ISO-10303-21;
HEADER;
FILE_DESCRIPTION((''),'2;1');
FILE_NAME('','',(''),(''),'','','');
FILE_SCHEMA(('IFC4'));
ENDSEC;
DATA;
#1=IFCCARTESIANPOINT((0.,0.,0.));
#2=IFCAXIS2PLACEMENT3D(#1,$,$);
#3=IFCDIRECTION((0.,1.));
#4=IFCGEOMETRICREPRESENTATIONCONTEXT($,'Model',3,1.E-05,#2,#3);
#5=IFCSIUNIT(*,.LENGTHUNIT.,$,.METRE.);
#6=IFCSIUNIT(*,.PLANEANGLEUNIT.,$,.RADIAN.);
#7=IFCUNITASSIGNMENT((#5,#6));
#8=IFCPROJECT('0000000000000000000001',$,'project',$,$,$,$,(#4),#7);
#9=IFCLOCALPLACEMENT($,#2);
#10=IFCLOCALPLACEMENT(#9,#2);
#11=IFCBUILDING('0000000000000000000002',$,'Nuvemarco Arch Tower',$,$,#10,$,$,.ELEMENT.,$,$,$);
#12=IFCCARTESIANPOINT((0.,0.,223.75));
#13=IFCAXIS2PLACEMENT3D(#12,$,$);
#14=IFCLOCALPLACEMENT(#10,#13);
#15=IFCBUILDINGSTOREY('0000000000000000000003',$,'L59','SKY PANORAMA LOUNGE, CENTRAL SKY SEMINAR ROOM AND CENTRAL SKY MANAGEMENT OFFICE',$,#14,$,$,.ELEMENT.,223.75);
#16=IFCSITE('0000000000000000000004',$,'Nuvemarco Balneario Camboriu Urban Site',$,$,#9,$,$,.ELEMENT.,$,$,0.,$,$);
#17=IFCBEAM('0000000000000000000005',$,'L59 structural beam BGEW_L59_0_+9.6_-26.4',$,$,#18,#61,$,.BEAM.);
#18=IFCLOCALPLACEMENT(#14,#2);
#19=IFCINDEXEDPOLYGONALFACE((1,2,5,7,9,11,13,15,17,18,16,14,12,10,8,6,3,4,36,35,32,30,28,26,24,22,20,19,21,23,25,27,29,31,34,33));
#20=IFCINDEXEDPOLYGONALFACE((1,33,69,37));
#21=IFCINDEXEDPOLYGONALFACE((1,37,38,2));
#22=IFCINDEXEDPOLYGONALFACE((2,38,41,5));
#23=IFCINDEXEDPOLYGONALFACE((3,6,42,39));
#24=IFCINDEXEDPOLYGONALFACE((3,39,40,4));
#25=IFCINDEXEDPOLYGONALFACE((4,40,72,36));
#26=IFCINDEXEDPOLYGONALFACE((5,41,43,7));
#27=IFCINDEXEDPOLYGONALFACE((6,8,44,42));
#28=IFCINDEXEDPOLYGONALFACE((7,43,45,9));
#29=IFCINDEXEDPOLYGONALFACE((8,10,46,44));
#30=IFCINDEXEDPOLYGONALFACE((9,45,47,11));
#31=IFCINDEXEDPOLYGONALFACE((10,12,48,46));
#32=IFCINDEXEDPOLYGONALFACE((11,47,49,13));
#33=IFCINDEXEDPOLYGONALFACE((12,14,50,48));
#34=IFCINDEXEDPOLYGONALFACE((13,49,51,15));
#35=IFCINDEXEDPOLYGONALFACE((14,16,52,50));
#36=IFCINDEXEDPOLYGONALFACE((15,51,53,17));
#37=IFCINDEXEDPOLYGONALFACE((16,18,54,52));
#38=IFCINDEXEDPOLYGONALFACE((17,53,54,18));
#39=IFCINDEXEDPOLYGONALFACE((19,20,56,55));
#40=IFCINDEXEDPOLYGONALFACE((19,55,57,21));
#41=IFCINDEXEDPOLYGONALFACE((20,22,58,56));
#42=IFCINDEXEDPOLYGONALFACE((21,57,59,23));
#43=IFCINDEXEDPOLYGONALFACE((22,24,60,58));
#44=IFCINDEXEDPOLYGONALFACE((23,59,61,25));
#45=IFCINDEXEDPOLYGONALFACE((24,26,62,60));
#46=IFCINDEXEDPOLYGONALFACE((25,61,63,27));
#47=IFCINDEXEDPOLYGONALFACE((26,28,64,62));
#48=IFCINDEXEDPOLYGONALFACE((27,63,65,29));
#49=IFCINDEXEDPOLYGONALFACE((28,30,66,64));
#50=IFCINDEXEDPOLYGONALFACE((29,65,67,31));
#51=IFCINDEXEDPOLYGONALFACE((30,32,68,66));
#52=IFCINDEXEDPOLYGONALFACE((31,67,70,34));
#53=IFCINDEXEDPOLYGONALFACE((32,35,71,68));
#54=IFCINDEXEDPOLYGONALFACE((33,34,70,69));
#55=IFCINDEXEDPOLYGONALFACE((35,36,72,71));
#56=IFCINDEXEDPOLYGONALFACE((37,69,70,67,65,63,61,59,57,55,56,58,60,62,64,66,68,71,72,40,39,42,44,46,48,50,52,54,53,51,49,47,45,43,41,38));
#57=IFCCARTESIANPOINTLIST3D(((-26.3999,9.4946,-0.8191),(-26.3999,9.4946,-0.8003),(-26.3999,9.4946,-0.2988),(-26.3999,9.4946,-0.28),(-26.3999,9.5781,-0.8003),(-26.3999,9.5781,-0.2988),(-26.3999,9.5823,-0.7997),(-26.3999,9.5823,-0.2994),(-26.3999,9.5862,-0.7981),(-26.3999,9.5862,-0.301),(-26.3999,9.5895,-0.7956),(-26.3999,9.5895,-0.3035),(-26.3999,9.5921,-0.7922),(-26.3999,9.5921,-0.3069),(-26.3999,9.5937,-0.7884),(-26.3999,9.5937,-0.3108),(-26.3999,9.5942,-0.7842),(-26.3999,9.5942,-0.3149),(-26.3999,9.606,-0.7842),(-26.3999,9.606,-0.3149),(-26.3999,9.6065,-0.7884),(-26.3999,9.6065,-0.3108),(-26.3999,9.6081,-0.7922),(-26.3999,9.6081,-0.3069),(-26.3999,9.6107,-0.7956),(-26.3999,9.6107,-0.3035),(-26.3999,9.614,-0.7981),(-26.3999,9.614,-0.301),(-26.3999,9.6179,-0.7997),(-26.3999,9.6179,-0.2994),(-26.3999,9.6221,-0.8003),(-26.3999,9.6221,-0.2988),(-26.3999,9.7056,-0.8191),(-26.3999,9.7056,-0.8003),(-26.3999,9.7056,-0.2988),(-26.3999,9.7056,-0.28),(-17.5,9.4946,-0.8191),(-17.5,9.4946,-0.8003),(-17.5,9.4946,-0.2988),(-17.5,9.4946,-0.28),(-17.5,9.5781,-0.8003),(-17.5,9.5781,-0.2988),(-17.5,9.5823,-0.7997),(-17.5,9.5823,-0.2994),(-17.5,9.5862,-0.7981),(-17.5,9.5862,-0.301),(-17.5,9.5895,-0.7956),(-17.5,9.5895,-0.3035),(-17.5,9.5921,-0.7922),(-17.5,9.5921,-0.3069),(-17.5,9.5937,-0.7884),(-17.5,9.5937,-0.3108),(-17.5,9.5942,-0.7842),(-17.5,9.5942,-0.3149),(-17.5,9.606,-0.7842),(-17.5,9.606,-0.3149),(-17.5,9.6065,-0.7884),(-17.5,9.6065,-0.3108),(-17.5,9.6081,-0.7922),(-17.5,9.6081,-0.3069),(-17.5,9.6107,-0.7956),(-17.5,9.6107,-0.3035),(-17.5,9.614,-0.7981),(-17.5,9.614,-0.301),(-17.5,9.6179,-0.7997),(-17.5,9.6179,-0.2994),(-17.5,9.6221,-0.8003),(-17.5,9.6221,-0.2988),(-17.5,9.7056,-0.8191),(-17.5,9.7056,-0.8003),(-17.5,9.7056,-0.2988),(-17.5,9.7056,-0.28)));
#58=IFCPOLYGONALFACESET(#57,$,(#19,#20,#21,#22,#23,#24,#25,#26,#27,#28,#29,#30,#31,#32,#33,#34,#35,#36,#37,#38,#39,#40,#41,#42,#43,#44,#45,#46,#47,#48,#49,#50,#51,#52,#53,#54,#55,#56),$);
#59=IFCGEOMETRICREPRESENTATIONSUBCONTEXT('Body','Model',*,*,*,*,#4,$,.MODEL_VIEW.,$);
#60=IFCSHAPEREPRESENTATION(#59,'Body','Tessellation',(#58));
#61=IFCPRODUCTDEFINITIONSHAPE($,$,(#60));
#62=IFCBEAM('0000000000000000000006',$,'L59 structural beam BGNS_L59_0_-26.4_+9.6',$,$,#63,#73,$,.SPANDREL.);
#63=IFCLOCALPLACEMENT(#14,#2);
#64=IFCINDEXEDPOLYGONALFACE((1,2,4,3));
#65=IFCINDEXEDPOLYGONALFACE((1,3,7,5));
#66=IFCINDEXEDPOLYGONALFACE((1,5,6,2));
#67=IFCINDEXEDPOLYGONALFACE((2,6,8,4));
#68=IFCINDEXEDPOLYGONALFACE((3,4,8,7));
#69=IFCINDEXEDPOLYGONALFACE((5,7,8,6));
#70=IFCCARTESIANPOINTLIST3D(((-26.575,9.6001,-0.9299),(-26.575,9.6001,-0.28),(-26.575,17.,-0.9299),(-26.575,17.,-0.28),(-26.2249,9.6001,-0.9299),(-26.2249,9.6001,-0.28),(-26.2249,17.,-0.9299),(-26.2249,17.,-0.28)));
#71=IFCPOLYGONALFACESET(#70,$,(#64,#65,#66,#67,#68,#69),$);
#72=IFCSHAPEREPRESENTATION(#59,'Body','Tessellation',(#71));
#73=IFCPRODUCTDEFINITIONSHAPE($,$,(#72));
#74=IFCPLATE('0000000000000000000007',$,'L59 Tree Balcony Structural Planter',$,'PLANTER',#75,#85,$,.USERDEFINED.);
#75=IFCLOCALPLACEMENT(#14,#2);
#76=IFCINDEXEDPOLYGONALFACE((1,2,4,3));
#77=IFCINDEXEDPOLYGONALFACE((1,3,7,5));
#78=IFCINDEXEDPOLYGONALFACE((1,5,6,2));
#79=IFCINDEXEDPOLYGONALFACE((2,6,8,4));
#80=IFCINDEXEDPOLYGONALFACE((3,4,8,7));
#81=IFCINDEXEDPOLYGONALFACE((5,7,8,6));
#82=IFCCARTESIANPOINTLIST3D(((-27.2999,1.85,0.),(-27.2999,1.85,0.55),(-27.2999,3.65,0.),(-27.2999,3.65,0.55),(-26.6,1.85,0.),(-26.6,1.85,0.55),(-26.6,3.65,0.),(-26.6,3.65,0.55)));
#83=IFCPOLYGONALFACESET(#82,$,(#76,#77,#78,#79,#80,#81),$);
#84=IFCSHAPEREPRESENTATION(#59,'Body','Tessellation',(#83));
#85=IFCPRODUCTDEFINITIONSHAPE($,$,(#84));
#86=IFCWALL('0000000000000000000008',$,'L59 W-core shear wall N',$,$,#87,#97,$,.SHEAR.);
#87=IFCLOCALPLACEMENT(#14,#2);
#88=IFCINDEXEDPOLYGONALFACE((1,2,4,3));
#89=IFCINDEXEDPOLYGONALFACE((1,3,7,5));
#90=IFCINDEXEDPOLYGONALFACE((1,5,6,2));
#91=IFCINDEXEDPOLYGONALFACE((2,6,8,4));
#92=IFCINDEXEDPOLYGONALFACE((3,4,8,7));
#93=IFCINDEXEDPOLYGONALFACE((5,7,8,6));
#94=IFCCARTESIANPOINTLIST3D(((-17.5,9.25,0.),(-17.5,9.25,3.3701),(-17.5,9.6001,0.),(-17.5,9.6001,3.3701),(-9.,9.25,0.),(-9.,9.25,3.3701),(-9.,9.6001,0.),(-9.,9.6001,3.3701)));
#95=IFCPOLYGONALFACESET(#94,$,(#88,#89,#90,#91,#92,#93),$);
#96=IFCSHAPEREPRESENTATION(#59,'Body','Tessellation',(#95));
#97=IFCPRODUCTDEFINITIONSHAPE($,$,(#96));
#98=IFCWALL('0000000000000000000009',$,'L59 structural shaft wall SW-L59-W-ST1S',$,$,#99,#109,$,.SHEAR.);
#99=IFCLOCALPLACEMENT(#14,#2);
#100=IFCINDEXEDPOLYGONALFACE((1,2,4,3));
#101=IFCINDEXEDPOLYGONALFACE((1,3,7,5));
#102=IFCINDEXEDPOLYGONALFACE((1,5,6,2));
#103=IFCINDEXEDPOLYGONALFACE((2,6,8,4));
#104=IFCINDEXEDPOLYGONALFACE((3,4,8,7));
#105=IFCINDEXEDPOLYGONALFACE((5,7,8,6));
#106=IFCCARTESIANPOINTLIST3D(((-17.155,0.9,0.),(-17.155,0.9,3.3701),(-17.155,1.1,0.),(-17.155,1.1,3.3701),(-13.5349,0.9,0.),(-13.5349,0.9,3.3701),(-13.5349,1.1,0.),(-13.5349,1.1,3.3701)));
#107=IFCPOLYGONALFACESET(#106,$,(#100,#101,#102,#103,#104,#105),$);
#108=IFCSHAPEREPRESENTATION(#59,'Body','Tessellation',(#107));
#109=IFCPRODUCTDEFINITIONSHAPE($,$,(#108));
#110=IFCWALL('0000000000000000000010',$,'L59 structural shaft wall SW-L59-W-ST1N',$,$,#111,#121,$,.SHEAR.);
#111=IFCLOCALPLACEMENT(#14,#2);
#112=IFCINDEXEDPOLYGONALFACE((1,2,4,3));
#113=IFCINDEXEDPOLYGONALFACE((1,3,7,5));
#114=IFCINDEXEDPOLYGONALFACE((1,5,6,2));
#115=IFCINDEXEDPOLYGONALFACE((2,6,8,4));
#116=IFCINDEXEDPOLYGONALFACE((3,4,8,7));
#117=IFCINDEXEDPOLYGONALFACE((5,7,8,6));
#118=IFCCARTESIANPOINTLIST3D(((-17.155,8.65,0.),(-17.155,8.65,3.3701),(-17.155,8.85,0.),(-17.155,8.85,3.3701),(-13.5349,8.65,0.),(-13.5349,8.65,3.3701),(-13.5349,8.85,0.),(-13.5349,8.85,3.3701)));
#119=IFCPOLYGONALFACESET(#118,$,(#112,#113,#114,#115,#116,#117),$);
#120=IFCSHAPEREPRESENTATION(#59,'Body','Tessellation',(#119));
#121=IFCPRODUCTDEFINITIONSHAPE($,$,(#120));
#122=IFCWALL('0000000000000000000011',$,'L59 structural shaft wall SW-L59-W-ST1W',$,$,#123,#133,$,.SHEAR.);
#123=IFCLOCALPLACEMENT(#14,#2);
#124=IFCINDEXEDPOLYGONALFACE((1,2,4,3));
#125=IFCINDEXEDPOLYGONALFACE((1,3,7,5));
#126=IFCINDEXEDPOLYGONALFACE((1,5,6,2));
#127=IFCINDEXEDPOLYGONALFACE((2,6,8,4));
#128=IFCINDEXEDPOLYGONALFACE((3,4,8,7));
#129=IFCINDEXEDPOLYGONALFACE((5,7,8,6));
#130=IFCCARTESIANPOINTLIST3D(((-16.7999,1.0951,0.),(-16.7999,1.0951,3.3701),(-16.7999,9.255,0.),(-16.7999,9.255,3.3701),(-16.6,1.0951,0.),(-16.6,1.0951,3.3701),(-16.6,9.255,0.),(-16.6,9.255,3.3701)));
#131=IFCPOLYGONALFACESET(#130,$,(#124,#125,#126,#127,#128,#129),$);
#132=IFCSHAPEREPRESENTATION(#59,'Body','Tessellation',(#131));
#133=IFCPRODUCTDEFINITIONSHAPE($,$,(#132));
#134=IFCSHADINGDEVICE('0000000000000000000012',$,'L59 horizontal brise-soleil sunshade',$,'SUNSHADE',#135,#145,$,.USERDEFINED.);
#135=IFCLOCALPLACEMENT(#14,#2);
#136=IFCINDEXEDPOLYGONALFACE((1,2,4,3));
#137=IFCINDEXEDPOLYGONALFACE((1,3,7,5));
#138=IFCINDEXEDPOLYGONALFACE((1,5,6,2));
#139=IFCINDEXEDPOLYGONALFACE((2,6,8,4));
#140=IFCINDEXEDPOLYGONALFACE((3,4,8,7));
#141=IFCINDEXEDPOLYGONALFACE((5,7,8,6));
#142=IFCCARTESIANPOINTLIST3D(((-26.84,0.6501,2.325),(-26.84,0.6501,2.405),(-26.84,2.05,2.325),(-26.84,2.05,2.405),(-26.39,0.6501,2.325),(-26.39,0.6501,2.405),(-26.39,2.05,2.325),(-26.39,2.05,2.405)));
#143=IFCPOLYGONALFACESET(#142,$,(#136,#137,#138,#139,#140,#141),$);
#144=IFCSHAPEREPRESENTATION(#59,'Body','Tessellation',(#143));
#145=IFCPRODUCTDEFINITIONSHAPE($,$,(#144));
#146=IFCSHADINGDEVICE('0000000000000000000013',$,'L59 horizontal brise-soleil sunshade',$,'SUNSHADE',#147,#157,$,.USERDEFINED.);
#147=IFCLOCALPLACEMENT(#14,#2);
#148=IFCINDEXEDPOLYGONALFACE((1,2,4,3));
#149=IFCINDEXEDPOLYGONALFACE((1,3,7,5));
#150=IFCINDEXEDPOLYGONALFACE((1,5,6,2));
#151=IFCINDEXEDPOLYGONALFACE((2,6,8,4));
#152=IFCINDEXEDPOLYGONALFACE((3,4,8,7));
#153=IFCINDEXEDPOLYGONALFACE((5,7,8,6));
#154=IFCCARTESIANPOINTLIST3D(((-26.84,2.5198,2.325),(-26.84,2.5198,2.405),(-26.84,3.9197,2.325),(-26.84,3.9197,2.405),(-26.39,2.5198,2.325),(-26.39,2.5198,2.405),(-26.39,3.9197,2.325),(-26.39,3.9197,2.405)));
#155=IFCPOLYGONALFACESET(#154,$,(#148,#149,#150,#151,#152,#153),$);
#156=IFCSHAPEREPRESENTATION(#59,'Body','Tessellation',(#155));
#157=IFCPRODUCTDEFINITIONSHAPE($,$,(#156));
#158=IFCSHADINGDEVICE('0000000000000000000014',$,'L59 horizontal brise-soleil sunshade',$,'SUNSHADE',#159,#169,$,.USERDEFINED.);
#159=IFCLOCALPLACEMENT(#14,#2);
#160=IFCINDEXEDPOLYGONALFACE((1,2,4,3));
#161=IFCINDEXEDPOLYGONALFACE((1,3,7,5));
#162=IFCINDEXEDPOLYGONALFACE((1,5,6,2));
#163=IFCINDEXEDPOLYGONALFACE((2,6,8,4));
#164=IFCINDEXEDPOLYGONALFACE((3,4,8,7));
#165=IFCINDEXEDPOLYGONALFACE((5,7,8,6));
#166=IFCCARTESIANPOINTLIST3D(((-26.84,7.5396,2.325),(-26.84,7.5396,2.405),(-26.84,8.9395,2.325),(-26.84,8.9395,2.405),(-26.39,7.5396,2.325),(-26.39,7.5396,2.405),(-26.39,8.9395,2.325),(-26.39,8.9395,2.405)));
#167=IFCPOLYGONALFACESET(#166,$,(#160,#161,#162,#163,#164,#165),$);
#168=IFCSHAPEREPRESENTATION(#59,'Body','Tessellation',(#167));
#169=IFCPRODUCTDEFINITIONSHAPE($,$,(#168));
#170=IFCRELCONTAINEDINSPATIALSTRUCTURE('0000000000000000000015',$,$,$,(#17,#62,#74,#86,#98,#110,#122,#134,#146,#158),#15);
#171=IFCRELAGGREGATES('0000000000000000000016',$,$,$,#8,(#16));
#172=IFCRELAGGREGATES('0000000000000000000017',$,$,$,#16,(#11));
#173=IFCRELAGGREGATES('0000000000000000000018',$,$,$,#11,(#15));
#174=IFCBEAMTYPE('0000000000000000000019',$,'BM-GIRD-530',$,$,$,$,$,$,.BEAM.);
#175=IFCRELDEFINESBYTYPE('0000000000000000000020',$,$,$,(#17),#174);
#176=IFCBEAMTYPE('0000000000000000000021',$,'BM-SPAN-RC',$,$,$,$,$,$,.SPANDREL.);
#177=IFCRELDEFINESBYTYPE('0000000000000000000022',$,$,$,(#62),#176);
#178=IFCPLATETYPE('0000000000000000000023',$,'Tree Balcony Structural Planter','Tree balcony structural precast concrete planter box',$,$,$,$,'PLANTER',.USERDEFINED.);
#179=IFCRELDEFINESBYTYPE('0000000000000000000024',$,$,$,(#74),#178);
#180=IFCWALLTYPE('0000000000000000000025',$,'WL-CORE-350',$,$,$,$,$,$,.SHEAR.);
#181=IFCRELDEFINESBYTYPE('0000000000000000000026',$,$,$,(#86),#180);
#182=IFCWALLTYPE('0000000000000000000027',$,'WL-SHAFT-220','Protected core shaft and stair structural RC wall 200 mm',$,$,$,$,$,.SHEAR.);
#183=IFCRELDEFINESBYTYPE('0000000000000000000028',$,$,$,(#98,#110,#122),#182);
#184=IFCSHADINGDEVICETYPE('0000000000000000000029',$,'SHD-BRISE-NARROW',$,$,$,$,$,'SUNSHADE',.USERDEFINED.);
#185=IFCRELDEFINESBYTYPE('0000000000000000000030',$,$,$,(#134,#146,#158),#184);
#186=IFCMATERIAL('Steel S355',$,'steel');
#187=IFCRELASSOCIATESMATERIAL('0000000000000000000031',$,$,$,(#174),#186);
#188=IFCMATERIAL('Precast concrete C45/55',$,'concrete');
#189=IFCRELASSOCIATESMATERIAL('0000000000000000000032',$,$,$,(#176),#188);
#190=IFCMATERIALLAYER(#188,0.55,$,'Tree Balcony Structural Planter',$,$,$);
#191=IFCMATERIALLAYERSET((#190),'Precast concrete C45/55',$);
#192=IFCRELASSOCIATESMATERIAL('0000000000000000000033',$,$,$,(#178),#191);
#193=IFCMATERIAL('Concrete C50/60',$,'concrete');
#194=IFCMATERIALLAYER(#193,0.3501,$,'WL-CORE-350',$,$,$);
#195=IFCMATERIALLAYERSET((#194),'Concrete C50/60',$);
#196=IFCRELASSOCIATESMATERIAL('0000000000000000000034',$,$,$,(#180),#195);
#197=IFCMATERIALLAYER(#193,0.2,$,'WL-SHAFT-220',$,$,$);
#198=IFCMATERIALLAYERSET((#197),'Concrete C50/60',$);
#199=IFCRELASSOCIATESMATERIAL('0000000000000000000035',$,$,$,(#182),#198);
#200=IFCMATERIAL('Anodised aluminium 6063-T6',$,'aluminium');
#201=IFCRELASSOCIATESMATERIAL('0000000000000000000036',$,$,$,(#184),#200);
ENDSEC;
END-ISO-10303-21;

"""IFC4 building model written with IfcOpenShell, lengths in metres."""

from ifc_helpers import new_model, si_unit, direction, frame, frame_2d, origin, origin_2d, place, context, subcontext, project, spatial, rectangle, i_section, extrude, source, transform, mapped, material, layer, layer_set, material_profile, profile_set, type_object, type_shapes, element, save


model = new_model("IFC4")

# Units and contexts
model_context = context("Model", 3, precision=1e-05, world=origin(), true_north=direction((0.0, 1.0)))
body_context = subcontext(model_context, "Body", "Model", "MODEL_VIEW")
ifc_project = project(units=[si_unit("LENGTHUNIT", "METRE"), si_unit("PLANEANGLEUNIT", "RADIAN")], contexts=[model_context])

# Site, building, storey
site_placement = place(None, origin())
site = spatial("IfcSite", under=ifc_project, at=site_placement, Name="Nuvemarco Balneario Camboriu Urban Site", CompositionType="ELEMENT", RefElevation=0.0)
building_placement = place(site_placement, origin())
building = spatial("IfcBuilding", under=site, at=building_placement, Name="Nuvemarco Arch Tower", CompositionType="ELEMENT")
storey_placement = place(building_placement, frame((0.0, 0.0, 223.75)))
storey = spatial("IfcBuildingStorey", under=building, at=storey_placement, Name="L59", Description="SKY PANORAMA LOUNGE, CENTRAL SKY SEMINAR ROOM AND CENTRAL SKY MANAGEMENT OFFICE", CompositionType="ELEMENT", Elevation=223.75)

# Shared definitions
ifc_material_1 = material(Name="Concrete C50/60", Category="concrete")
ifc_material_2 = material(Name="Steel S355", Category="steel")

# Beams
ifc_material_profile_1 = material_profile(ifc_material_2, i_section(OverallWidth=0.2109, OverallDepth=0.5391, WebThickness=0.0117, FlangeThickness=0.0188, FilletRadius=0.0161, at=origin_2d()), Name="W530x109")
ifc_profile_set_1 = profile_set([ifc_material_profile_1], Name="Steel S355")
beam_type_1 = type_object("IfcBeamType", Name="BM-GIRD-530", PredefinedType="BEAM", material=ifc_profile_set_1)
beam_1_placement = place(storey_placement, frame((-26.3999, 9.6001, -0.5496), z_axis=(1.0, 0.0, 0.0), x_axis=(0.0, 1.0, 0.0)))
element("IfcBeam", 1, at=beam_1_placement, inside=storey, type_object=beam_type_1, Name="L59 structural beam BGEW_L59_0_+9.6_-26.4", PredefinedType="BEAM", context=body_context, shape_type="SweptSolid", body=[
    extrude(i_section(OverallWidth=0.2109, OverallDepth=0.5391, WebThickness=0.0117, FlangeThickness=0.0188, FilletRadius=0.0161, at=origin_2d()), origin(), (0.0, 0.0, 1.0), 8.8999),
])
ifc_material_3 = material(Name="Precast concrete C45/55", Category="concrete")
ifc_material_profile_2 = material_profile(ifc_material_3, rectangle(XDim=0.3501, YDim=0.6499, at=origin_2d()), Name="PC-SP-350x650")
ifc_profile_set_2 = profile_set([ifc_material_profile_2], Name="Precast concrete C45/55")
beam_type_2 = type_object("IfcBeamType", Name="BM-SPAN-RC", PredefinedType="SPANDREL", material=ifc_profile_set_2)
beam_2_placement = place(storey_placement, frame((-26.3999, 9.6001, -0.605), z_axis=(0.0, 1.0, 0.0), x_axis=(-1.0, 0.0, 0.0)))
element("IfcBeam", 2, at=beam_2_placement, inside=storey, type_object=beam_type_2, Name="L59 structural beam BGNS_L59_0_-26.4_+9.6", PredefinedType="SPANDREL", context=body_context, shape_type="SweptSolid", body=[
    extrude(rectangle(XDim=0.3501, YDim=0.6499, at=origin_2d()), origin(), (0.0, 0.0, 1.0), 7.3999),
])

# Plate
ifc_layer_1 = layer(ifc_material_3, 0.55, Name="Tree Balcony Structural Planter")
ifc_layer_set_1 = layer_set([ifc_layer_1], Name="Precast concrete C45/55")
plate_type = type_object("IfcPlateType", Name="Tree Balcony Structural Planter", Description="Tree balcony structural precast concrete planter box", ElementType="PLANTER", PredefinedType="USERDEFINED", material=ifc_layer_set_1)
shared_shape_1 = source(origin(), body_context, "Body", "SweptSolid", [
    extrude(rectangle(XDim=1.8, YDim=0.7, at=origin_2d()), origin(), (0.0, 0.0, 1.0), 0.55),
])
type_shapes(plate_type, [shared_shape_1])
plate_placement = place(storey_placement, frame((-26.95, 2.75, 0.0), z_axis=(0.0, 0.0, 1.0), x_axis=(0.0, 1.0, 0.0)))
element("IfcPlate", 3, at=plate_placement, inside=storey, type_object=plate_type, Name="L59 Tree Balcony Structural Planter", ObjectType="PLANTER", PredefinedType="USERDEFINED", context=body_context, shape_type="MappedRepresentation", body=[
    mapped(shared_shape_1, transform((0.0, 0.0, 0.0), scale=1.0)),
])

# Walls
ifc_layer_2 = layer(ifc_material_1, 0.3501, Name="WL-CORE-350")
ifc_layer_set_2 = layer_set([ifc_layer_2], Name="Concrete C50/60")
wall_type_1 = type_object("IfcWallType", Name="WL-CORE-350", PredefinedType="SHEAR", material=ifc_layer_set_2)
wall_1_placement = place(storey_placement, frame((-17.5, 9.425, 0.0), z_axis=(0.0, 0.0, 1.0), x_axis=(1.0, 0.0, 0.0)))
element("IfcWall", 4, at=wall_1_placement, inside=storey, type_object=wall_type_1, Name="L59 W-core shear wall N", PredefinedType="SHEAR", context=body_context, shape_type="SweptSolid", body=[
    extrude(rectangle(XDim=8.5, YDim=0.3501, at=frame_2d((4.25, 0.0))), origin(), (0.0, 0.0, 1.0), 3.3701),
])
ifc_layer_3 = layer(ifc_material_1, 0.2, Name="WL-SHAFT-220")
ifc_layer_set_3 = layer_set([ifc_layer_3], Name="Concrete C50/60")
wall_type_2 = type_object("IfcWallType", Name="WL-SHAFT-220", Description="Protected core shaft and stair structural RC wall 200 mm", PredefinedType="SHEAR", material=ifc_layer_set_3)
for number, where, z_axis, x_axis, name in (
    (5, (-17.155, 1.0, 0.0), (0.0, 0.0, 1.0), (1.0, 0.0, 0.0), "L59 structural shaft wall SW-L59-W-ST1S"),
    (6, (-17.155, 8.75, 0.0), (0.0, 0.0, 1.0), (1.0, 0.0, 0.0), "L59 structural shaft wall SW-L59-W-ST1N"),
):
    element("IfcWall", number, at=place(storey_placement, frame(where, z_axis=z_axis, x_axis=x_axis)), inside=storey, type_object=wall_type_2, Name=name, PredefinedType="SHEAR", context=body_context, shape_type="SweptSolid", body=[
        extrude(rectangle(XDim=3.6201, YDim=0.2, at=frame_2d((1.8101, 0.0))), origin(), (0.0, 0.0, 1.0), 3.3701),
    ])
wall_2_placement = place(storey_placement, frame((-16.7, 1.095, 0.0), z_axis=(0.0, 0.0, 1.0), x_axis=(0.0, 1.0, 0.0)))
element("IfcWall", 7, at=wall_2_placement, inside=storey, type_object=wall_type_2, Name="L59 structural shaft wall SW-L59-W-ST1W", PredefinedType="SHEAR", context=body_context, shape_type="SweptSolid", body=[
    extrude(rectangle(XDim=8.1599, YDim=0.2, at=frame_2d((4.0801, 0.0))), origin(), (0.0, 0.0, 1.0), 3.3701),
])

# Shading devices
ifc_material_4 = material(Name="Anodised aluminium 6063-T6", Category="aluminium")
shading_device_type = type_object("IfcShadingDeviceType", Name="SHD-BRISE-NARROW", ElementType="SUNSHADE", PredefinedType="USERDEFINED", material=ifc_material_4)
shared_shape_2 = source(origin(), body_context, "Body", "SweptSolid", [
    extrude(rectangle(XDim=1.3999, YDim=0.45, at=origin_2d()), origin(), (0.0, 0.0, 1.0), 0.0801),
])
type_shapes(shading_device_type, [shared_shape_2])
for number, where, z_axis, x_axis, name in (
    (8, (-26.615, 1.3501, 2.325), (0.0, 0.0, 1.0), (0.0, 1.0, 0.0), "L59 horizontal brise-soleil sunshade"),
    (9, (-26.615, 3.2197, 2.325), (0.0, 0.0, 1.0), (0.0, 1.0, 0.0), "L59 horizontal brise-soleil sunshade"),
    (10, (-26.615, 8.2395, 2.325), (0.0, 0.0, 1.0), (0.0, 1.0, 0.0), "L59 horizontal brise-soleil sunshade"),
):
    element("IfcShadingDevice", number, at=place(storey_placement, frame(where, z_axis=z_axis, x_axis=x_axis)), inside=storey, type_object=shading_device_type, Name=name, ObjectType="SUNSHADE", PredefinedType="USERDEFINED", context=body_context, shape_type="MappedRepresentation", body=[
        mapped(shared_shape_2, transform((0.0, 0.0, 0.0), scale=1.0)),
    ])

save(model, "model.ifc")
